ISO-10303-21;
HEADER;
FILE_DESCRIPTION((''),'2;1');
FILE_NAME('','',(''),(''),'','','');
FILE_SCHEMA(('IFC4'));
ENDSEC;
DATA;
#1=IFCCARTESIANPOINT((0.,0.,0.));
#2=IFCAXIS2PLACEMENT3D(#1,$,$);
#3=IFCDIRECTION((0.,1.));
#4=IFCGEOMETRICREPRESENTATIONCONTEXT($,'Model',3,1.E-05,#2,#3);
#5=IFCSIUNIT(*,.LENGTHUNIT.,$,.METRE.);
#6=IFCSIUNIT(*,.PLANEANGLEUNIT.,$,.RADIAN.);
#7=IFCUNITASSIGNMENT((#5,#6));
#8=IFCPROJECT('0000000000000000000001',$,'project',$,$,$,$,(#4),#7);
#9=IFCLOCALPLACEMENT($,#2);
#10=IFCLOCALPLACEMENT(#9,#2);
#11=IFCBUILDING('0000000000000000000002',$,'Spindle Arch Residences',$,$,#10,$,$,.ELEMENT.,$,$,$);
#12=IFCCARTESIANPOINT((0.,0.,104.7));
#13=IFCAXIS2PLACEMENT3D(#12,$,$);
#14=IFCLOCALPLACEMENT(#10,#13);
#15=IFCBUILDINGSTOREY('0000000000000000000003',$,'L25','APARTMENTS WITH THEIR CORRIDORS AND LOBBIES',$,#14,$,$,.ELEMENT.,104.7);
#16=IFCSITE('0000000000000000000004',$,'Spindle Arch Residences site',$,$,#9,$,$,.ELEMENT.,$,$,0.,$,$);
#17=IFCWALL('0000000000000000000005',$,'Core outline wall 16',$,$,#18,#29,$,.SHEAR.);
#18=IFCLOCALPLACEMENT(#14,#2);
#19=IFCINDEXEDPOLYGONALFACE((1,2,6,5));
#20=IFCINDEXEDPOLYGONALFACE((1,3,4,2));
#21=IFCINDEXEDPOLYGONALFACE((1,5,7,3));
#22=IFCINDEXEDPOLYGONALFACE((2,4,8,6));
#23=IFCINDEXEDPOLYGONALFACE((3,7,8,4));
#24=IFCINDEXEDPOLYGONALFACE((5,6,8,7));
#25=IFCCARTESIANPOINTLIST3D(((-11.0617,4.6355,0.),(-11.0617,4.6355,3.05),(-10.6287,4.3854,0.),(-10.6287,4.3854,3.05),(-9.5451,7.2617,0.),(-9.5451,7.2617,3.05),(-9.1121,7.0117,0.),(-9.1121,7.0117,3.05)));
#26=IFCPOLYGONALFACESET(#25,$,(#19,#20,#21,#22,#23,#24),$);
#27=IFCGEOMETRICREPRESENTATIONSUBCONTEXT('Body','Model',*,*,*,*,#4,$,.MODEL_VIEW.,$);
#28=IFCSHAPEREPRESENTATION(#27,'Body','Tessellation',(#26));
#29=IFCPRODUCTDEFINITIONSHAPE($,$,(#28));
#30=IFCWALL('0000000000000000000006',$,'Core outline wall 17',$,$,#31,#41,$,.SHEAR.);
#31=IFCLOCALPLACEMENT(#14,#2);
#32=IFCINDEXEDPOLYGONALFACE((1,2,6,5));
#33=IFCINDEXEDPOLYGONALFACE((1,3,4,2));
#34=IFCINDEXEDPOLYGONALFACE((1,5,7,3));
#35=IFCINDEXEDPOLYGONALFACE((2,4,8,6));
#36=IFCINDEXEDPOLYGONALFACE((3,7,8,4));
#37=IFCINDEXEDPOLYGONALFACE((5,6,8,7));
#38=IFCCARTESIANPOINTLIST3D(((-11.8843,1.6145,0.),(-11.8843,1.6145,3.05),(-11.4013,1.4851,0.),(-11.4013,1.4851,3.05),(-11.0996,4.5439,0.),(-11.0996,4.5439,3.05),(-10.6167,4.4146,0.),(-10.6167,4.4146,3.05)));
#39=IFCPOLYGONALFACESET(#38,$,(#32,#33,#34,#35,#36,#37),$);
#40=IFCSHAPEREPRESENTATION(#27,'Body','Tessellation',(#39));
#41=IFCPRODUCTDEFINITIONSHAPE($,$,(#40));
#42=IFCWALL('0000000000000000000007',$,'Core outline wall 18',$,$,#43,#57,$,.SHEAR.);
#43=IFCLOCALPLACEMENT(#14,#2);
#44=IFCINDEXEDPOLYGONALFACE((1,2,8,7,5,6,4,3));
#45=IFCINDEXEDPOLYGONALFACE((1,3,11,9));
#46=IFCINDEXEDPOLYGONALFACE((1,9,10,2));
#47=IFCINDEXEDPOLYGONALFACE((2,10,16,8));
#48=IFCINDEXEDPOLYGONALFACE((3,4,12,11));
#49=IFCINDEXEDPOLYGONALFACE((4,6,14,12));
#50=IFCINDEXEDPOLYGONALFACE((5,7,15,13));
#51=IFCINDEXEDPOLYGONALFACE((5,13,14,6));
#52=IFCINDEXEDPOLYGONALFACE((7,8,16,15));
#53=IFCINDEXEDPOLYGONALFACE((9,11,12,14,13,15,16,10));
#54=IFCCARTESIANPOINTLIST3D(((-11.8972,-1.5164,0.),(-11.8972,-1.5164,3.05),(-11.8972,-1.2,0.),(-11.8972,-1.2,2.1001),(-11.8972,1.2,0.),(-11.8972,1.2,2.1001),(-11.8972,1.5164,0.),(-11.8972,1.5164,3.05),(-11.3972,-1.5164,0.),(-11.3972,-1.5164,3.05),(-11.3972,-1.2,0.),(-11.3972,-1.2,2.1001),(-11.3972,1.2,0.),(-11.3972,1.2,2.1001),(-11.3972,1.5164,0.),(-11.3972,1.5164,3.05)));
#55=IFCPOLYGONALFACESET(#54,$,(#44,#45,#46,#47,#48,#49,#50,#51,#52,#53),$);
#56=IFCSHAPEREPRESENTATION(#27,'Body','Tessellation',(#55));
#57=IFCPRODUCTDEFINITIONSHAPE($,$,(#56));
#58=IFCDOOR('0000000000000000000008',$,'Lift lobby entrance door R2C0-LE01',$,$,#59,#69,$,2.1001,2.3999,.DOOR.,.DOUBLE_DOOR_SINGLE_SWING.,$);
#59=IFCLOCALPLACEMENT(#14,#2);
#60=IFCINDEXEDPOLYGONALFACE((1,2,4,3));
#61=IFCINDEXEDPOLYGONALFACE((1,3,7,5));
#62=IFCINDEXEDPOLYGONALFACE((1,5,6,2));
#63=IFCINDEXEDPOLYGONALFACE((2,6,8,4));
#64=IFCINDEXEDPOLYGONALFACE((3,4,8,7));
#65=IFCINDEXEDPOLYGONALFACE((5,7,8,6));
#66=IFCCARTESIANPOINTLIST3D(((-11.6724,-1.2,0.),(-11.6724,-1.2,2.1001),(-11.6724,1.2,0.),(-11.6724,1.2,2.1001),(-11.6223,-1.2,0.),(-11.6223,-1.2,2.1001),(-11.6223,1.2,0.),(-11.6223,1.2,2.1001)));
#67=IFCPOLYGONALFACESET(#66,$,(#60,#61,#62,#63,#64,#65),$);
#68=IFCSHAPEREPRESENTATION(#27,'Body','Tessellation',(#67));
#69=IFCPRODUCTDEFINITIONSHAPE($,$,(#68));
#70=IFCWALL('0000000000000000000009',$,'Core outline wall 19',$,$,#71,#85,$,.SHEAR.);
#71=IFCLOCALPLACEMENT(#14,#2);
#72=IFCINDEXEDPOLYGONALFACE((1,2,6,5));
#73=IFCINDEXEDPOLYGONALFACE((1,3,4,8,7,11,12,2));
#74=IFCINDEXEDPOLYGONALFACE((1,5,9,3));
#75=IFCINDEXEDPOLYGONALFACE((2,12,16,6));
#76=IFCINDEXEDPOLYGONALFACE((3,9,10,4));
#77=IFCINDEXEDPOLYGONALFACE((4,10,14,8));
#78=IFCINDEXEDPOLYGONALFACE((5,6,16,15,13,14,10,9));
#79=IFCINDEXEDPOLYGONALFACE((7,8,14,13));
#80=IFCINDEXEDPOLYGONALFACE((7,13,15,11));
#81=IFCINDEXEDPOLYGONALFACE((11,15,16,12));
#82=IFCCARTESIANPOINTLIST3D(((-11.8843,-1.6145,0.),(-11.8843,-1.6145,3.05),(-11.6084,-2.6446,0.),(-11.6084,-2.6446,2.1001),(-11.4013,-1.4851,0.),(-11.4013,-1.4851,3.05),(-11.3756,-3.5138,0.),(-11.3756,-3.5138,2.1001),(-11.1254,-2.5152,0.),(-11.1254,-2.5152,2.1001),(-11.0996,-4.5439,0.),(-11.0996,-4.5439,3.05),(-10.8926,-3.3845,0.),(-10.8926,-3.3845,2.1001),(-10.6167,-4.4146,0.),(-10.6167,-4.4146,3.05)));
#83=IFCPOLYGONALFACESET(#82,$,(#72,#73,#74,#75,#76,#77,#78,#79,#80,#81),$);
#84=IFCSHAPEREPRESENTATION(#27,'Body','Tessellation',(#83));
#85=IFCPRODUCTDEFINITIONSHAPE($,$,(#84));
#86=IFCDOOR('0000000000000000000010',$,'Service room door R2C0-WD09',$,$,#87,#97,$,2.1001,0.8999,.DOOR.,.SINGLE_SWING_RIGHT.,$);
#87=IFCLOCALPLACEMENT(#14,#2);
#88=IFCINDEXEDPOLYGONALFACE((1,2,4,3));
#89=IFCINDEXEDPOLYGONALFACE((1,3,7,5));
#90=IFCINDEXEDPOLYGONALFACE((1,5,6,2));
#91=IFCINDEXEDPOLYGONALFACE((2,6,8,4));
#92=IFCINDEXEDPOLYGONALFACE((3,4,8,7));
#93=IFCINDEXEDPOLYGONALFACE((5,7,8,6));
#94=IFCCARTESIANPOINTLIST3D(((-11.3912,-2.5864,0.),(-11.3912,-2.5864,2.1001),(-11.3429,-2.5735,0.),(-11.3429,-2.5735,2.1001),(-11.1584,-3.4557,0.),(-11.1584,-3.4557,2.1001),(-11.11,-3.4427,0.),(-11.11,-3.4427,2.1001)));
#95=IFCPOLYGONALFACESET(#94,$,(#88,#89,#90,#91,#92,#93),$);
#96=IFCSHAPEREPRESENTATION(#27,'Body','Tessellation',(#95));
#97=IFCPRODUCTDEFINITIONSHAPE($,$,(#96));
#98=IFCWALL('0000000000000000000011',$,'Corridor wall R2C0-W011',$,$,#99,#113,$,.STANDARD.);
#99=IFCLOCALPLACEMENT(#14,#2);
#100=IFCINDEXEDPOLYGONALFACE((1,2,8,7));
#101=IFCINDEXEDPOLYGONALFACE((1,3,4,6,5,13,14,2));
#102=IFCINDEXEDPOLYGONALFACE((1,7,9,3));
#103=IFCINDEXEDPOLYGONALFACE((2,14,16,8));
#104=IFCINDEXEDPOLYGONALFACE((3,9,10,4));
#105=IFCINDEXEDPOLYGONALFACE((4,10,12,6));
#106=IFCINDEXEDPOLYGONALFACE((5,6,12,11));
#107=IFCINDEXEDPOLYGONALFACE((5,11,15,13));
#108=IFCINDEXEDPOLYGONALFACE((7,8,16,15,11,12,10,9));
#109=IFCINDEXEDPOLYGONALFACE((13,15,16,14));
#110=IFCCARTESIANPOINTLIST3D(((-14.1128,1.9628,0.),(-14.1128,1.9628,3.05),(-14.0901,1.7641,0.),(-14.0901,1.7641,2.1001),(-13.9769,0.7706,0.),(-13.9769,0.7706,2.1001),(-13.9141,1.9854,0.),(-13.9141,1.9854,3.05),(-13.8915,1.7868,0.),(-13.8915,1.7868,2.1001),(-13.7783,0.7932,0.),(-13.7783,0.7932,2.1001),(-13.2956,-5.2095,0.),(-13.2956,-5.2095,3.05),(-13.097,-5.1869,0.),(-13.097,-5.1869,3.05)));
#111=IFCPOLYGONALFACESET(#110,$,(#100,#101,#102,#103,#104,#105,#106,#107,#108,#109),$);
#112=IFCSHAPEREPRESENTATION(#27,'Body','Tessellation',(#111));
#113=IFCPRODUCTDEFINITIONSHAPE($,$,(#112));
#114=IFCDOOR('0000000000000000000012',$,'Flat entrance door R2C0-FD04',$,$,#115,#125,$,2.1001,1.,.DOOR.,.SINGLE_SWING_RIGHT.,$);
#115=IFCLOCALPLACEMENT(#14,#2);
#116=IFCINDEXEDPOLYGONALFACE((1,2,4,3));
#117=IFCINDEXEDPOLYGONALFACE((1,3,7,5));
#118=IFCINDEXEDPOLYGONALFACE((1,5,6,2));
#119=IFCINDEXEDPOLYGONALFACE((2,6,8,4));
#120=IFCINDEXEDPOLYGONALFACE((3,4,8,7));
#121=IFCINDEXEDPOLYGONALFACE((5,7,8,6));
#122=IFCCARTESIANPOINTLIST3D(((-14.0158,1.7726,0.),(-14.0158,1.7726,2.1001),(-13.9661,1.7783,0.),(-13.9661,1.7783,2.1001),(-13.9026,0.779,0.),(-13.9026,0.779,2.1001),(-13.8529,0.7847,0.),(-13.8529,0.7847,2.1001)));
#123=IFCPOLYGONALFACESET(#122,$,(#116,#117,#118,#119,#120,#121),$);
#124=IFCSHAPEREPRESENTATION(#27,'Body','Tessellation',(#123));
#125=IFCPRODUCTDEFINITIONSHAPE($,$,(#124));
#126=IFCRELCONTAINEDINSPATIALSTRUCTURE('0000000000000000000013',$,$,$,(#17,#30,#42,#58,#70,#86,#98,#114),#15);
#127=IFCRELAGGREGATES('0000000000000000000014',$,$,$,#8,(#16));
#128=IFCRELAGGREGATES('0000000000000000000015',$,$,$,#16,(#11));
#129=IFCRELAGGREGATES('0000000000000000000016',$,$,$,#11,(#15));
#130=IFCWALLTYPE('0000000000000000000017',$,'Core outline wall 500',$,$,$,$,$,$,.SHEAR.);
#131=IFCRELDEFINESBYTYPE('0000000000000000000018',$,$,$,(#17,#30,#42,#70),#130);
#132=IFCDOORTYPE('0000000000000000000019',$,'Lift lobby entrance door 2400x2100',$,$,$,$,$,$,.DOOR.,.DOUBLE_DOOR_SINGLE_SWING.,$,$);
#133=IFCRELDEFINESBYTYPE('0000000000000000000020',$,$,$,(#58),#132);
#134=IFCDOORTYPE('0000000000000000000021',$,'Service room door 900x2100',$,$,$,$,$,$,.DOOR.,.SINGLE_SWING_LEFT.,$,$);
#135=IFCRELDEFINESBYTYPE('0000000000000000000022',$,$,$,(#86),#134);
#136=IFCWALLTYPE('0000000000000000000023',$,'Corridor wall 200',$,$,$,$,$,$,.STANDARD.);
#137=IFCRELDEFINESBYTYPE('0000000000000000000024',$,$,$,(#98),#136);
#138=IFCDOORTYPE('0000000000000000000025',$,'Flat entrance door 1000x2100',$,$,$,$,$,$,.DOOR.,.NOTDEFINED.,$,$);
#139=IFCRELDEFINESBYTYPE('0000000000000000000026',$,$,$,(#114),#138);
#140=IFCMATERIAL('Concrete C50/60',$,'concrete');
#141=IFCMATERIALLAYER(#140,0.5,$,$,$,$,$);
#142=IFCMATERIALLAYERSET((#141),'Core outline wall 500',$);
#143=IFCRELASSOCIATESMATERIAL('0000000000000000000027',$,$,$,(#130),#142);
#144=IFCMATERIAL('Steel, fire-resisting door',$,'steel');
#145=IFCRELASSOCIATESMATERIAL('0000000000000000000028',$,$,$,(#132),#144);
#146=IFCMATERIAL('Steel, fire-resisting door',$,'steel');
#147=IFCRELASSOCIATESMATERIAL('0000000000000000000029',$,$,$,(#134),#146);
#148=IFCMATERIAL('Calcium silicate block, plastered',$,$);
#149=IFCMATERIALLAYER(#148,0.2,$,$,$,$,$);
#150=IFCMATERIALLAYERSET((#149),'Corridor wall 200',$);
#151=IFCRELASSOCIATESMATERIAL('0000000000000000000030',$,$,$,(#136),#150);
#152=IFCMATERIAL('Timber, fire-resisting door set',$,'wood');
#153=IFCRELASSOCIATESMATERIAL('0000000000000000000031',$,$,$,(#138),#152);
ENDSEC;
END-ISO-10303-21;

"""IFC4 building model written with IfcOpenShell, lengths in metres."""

from ifc_helpers import new_model, si_unit, direction, frame, frame_2d, origin, place, context, subcontext, project, spatial, rectangle, extrude, material, layer, layer_set, type_object, element, fill, save


model = new_model("IFC4")

# Units and contexts
model_context = context("Model", 3, precision=1e-05, world=origin(), true_north=direction((0.0, 1.0)))
body_context = subcontext(model_context, "Body", "Model", "MODEL_VIEW")
ifc_project = project(units=[si_unit("LENGTHUNIT", "METRE"), si_unit("PLANEANGLEUNIT", "RADIAN")], contexts=[model_context])

# Site, building, storey
site_placement = place(None, origin())
site = spatial("IfcSite", under=ifc_project, at=site_placement, Name="Spindle Arch Residences site", CompositionType="ELEMENT", RefElevation=0.0)
building_placement = place(site_placement, origin())
building = spatial("IfcBuilding", under=site, at=building_placement, Name="Spindle Arch Residences", CompositionType="ELEMENT")
storey_placement = place(building_placement, frame((0.0, 0.0, 104.7)))
storey = spatial("IfcBuildingStorey", under=building, at=storey_placement, Name="L25", Description="APARTMENTS WITH THEIR CORRIDORS AND LOBBIES", CompositionType="ELEMENT", Elevation=104.7)

# Walls
ifc_material_1 = material(Name="Concrete C50/60", Category="concrete")
ifc_layer_1 = layer(ifc_material_1, 0.5)
ifc_layer_set_1 = layer_set([ifc_layer_1], Name="Core outline wall 500")
wall_type_1 = type_object("IfcWallType", Name="Core outline wall 500", PredefinedType="SHEAR", material=ifc_layer_set_1)
for number, where, z_axis, x_axis, name in (
    (1, (-9.3286, 7.1367, 0.0), (0.0, 0.0, 1.0), (-0.500087, -0.865975, 0.0), "Core outline wall 16"),
    (2, (-10.8582, 4.4792, 0.0), (0.0, 0.0, 1.0), (-0.258735, -0.965948, 0.0), "Core outline wall 17"),
):
    element("IfcWall", number, at=place(storey_placement, frame(where, z_axis=z_axis, x_axis=x_axis)), inside=storey, type_object=wall_type_1, Name=name, PredefinedType="SHEAR", context=body_context, shape_type="SweptSolid", body=[
        extrude(rectangle(XDim=3.0327, YDim=0.5, at=frame_2d((1.5164, 0.0))), origin(), (0.0, 0.0, 1.0), 3.05),
    ])

# Walls, openings, doors
wall_1_placement = place(storey_placement, frame((-11.6472, 1.5164, 0.0), z_axis=(0.0, 0.0, 1.0), x_axis=(0.0, -1.0, 0.0)))
wall_1 = element("IfcWall", 3, at=wall_1_placement, inside=storey, type_object=wall_type_1, Name="Core outline wall 18", PredefinedType="SHEAR", context=body_context, shape_type="SweptSolid", body=[
    extrude(rectangle(XDim=3.0327, YDim=0.5, at=frame_2d((1.5164, 0.0))), origin(), (0.0, 0.0, 1.0), 3.05),
])
opening_1_placement = place(wall_1_placement, frame((0.3164, 0.0, 0.0)))
opening_1 = element("IfcOpeningElement", 4, at=opening_1_placement, cuts=wall_1, PredefinedType="OPENING", context=body_context, shape_type="SweptSolid", body=[
    extrude(rectangle(XDim=2.3999, YDim=2.1001, at=frame_2d((1.2, 1.05))), frame((0.0, 0.26, 0.0), z_axis=(0.0, -1.0, 0.0), x_axis=(1.0, 0.0, 0.0)), (0.0, 0.0, 1.0), 0.52),
])
ifc_material_2 = material(Name="Steel, fire-resisting door", Category="steel")
door_type_1 = type_object("IfcDoorType", Name="Lift lobby entrance door 2400x2100", OperationType="DOUBLE_DOOR_SINGLE_SWING", PredefinedType="DOOR", material=ifc_material_2)
door_1_placement = place(opening_1_placement, origin())
door_1 = element("IfcDoor", 5, at=door_1_placement, inside=storey, type_object=door_type_1, Name="Lift lobby entrance door R2C0-LE01", OperationType="DOUBLE_DOOR_SINGLE_SWING", OverallHeight=2.1001, OverallWidth=2.3999, PredefinedType="DOOR", context=body_context, shape_type="SweptSolid", body=[
    extrude(rectangle(XDim=2.3999, YDim=2.1001, at=frame_2d((1.2, 1.05))), frame((0.0, 0.0249, 0.0), z_axis=(0.0, -1.0, 0.0), x_axis=(1.0, 0.0, 0.0)), (0.0, 0.0, 1.0), 0.05),
])
fill(opening_1, door_1)
wall_2_placement = place(storey_placement, frame((-11.6428, -1.5498, 0.0), z_axis=(0.0, 0.0, 1.0), x_axis=(0.258735, -0.965948, 0.0)))
wall_2 = element("IfcWall", 6, at=wall_2_placement, inside=storey, type_object=wall_type_1, Name="Core outline wall 19", PredefinedType="SHEAR", context=body_context, shape_type="SweptSolid", body=[
    extrude(rectangle(XDim=3.0327, YDim=0.5, at=frame_2d((1.5164, 0.0))), origin(), (0.0, 0.0, 1.0), 3.05),
])
opening_2_placement = place(wall_2_placement, frame((1.0664, 0.0, 0.0)))
opening_2 = element("IfcOpeningElement", 7, at=opening_2_placement, cuts=wall_2, PredefinedType="OPENING", context=body_context, shape_type="SweptSolid", body=[
    extrude(rectangle(XDim=0.8999, YDim=2.1001, at=frame_2d((0.45, 1.05))), frame((0.0, 0.26, 0.0), z_axis=(0.0, -1.0, 0.0), x_axis=(1.0, 0.0, 0.0)), (0.0, 0.0, 1.0), 0.52),
])
ifc_material_3 = material(Name="Steel, fire-resisting door", Category="steel")
door_type_2 = type_object("IfcDoorType", Name="Service room door 900x2100", OperationType="SINGLE_SWING_LEFT", PredefinedType="DOOR", material=ifc_material_3)
door_2_placement = place(opening_2_placement, origin())
door_2 = element("IfcDoor", 8, at=door_2_placement, inside=storey, type_object=door_type_2, Name="Service room door R2C0-WD09", OperationType="SINGLE_SWING_RIGHT", OverallHeight=2.1001, OverallWidth=0.8999, PredefinedType="DOOR", context=body_context, shape_type="SweptSolid", body=[
    extrude(rectangle(XDim=0.8999, YDim=2.1001, at=frame_2d((0.45, 1.05))), frame((0.0, 0.0249, 0.0), z_axis=(0.0, -1.0, 0.0), x_axis=(1.0, 0.0, 0.0)), (0.0, 0.0, 1.0), 0.05),
])
fill(opening_2, door_2)
ifc_material_4 = material(Name="Calcium silicate block, plastered")
ifc_layer_2 = layer(ifc_material_4, 0.2)
ifc_layer_set_2 = layer_set([ifc_layer_2], Name="Corridor wall 200")
wall_type_2 = type_object("IfcWallType", Name="Corridor wall 200", PredefinedType="STANDARD", material=ifc_layer_set_2)
wall_3_placement = place(storey_placement, frame((-14.0134, 1.9741, 0.0), z_axis=(0.0, 0.0, 1.0), x_axis=(0.113197, -0.993573, 0.0)))
wall_3 = element("IfcWall", 9, at=wall_3_placement, inside=storey, type_object=wall_type_2, Name="Corridor wall R2C0-W011", PredefinedType="STANDARD", context=body_context, shape_type="SweptSolid", body=[
    extrude(rectangle(XDim=7.2188, YDim=0.2, at=frame_2d((3.6094, 0.0))), origin(), (0.0, 0.0, 1.0), 3.05),
])
opening_3_placement = place(wall_3_placement, frame((0.2, 0.0, 0.0)))
opening_3 = element("IfcOpeningElement", 10, at=opening_3_placement, cuts=wall_3, PredefinedType="OPENING", context=body_context, shape_type="SweptSolid", body=[
    extrude(rectangle(XDim=1.0, YDim=2.1001, at=frame_2d((0.5, 1.05))), frame((0.0, 0.1099, 0.0), z_axis=(0.0, -1.0, 0.0), x_axis=(1.0, 0.0, 0.0)), (0.0, 0.0, 1.0), 0.22),
])
ifc_material_5 = material(Name="Timber, fire-resisting door set", Category="wood")
door_type_3 = type_object("IfcDoorType", Name="Flat entrance door 1000x2100", OperationType="NOTDEFINED", PredefinedType="DOOR", material=ifc_material_5)
door_3_placement = place(opening_3_placement, origin())
door_3 = element("IfcDoor", 11, at=door_3_placement, inside=storey, type_object=door_type_3, Name="Flat entrance door R2C0-FD04", OperationType="SINGLE_SWING_RIGHT", OverallHeight=2.1001, OverallWidth=1.0, PredefinedType="DOOR", context=body_context, shape_type="SweptSolid", body=[
    extrude(rectangle(XDim=1.0, YDim=2.1001, at=frame_2d((0.5, 1.05))), frame((0.0, 0.0249, 0.0), z_axis=(0.0, -1.0, 0.0), x_axis=(1.0, 0.0, 0.0)), (0.0, 0.0, 1.0), 0.05),
])
fill(opening_3, door_3)

save(model, "model.ifc")
